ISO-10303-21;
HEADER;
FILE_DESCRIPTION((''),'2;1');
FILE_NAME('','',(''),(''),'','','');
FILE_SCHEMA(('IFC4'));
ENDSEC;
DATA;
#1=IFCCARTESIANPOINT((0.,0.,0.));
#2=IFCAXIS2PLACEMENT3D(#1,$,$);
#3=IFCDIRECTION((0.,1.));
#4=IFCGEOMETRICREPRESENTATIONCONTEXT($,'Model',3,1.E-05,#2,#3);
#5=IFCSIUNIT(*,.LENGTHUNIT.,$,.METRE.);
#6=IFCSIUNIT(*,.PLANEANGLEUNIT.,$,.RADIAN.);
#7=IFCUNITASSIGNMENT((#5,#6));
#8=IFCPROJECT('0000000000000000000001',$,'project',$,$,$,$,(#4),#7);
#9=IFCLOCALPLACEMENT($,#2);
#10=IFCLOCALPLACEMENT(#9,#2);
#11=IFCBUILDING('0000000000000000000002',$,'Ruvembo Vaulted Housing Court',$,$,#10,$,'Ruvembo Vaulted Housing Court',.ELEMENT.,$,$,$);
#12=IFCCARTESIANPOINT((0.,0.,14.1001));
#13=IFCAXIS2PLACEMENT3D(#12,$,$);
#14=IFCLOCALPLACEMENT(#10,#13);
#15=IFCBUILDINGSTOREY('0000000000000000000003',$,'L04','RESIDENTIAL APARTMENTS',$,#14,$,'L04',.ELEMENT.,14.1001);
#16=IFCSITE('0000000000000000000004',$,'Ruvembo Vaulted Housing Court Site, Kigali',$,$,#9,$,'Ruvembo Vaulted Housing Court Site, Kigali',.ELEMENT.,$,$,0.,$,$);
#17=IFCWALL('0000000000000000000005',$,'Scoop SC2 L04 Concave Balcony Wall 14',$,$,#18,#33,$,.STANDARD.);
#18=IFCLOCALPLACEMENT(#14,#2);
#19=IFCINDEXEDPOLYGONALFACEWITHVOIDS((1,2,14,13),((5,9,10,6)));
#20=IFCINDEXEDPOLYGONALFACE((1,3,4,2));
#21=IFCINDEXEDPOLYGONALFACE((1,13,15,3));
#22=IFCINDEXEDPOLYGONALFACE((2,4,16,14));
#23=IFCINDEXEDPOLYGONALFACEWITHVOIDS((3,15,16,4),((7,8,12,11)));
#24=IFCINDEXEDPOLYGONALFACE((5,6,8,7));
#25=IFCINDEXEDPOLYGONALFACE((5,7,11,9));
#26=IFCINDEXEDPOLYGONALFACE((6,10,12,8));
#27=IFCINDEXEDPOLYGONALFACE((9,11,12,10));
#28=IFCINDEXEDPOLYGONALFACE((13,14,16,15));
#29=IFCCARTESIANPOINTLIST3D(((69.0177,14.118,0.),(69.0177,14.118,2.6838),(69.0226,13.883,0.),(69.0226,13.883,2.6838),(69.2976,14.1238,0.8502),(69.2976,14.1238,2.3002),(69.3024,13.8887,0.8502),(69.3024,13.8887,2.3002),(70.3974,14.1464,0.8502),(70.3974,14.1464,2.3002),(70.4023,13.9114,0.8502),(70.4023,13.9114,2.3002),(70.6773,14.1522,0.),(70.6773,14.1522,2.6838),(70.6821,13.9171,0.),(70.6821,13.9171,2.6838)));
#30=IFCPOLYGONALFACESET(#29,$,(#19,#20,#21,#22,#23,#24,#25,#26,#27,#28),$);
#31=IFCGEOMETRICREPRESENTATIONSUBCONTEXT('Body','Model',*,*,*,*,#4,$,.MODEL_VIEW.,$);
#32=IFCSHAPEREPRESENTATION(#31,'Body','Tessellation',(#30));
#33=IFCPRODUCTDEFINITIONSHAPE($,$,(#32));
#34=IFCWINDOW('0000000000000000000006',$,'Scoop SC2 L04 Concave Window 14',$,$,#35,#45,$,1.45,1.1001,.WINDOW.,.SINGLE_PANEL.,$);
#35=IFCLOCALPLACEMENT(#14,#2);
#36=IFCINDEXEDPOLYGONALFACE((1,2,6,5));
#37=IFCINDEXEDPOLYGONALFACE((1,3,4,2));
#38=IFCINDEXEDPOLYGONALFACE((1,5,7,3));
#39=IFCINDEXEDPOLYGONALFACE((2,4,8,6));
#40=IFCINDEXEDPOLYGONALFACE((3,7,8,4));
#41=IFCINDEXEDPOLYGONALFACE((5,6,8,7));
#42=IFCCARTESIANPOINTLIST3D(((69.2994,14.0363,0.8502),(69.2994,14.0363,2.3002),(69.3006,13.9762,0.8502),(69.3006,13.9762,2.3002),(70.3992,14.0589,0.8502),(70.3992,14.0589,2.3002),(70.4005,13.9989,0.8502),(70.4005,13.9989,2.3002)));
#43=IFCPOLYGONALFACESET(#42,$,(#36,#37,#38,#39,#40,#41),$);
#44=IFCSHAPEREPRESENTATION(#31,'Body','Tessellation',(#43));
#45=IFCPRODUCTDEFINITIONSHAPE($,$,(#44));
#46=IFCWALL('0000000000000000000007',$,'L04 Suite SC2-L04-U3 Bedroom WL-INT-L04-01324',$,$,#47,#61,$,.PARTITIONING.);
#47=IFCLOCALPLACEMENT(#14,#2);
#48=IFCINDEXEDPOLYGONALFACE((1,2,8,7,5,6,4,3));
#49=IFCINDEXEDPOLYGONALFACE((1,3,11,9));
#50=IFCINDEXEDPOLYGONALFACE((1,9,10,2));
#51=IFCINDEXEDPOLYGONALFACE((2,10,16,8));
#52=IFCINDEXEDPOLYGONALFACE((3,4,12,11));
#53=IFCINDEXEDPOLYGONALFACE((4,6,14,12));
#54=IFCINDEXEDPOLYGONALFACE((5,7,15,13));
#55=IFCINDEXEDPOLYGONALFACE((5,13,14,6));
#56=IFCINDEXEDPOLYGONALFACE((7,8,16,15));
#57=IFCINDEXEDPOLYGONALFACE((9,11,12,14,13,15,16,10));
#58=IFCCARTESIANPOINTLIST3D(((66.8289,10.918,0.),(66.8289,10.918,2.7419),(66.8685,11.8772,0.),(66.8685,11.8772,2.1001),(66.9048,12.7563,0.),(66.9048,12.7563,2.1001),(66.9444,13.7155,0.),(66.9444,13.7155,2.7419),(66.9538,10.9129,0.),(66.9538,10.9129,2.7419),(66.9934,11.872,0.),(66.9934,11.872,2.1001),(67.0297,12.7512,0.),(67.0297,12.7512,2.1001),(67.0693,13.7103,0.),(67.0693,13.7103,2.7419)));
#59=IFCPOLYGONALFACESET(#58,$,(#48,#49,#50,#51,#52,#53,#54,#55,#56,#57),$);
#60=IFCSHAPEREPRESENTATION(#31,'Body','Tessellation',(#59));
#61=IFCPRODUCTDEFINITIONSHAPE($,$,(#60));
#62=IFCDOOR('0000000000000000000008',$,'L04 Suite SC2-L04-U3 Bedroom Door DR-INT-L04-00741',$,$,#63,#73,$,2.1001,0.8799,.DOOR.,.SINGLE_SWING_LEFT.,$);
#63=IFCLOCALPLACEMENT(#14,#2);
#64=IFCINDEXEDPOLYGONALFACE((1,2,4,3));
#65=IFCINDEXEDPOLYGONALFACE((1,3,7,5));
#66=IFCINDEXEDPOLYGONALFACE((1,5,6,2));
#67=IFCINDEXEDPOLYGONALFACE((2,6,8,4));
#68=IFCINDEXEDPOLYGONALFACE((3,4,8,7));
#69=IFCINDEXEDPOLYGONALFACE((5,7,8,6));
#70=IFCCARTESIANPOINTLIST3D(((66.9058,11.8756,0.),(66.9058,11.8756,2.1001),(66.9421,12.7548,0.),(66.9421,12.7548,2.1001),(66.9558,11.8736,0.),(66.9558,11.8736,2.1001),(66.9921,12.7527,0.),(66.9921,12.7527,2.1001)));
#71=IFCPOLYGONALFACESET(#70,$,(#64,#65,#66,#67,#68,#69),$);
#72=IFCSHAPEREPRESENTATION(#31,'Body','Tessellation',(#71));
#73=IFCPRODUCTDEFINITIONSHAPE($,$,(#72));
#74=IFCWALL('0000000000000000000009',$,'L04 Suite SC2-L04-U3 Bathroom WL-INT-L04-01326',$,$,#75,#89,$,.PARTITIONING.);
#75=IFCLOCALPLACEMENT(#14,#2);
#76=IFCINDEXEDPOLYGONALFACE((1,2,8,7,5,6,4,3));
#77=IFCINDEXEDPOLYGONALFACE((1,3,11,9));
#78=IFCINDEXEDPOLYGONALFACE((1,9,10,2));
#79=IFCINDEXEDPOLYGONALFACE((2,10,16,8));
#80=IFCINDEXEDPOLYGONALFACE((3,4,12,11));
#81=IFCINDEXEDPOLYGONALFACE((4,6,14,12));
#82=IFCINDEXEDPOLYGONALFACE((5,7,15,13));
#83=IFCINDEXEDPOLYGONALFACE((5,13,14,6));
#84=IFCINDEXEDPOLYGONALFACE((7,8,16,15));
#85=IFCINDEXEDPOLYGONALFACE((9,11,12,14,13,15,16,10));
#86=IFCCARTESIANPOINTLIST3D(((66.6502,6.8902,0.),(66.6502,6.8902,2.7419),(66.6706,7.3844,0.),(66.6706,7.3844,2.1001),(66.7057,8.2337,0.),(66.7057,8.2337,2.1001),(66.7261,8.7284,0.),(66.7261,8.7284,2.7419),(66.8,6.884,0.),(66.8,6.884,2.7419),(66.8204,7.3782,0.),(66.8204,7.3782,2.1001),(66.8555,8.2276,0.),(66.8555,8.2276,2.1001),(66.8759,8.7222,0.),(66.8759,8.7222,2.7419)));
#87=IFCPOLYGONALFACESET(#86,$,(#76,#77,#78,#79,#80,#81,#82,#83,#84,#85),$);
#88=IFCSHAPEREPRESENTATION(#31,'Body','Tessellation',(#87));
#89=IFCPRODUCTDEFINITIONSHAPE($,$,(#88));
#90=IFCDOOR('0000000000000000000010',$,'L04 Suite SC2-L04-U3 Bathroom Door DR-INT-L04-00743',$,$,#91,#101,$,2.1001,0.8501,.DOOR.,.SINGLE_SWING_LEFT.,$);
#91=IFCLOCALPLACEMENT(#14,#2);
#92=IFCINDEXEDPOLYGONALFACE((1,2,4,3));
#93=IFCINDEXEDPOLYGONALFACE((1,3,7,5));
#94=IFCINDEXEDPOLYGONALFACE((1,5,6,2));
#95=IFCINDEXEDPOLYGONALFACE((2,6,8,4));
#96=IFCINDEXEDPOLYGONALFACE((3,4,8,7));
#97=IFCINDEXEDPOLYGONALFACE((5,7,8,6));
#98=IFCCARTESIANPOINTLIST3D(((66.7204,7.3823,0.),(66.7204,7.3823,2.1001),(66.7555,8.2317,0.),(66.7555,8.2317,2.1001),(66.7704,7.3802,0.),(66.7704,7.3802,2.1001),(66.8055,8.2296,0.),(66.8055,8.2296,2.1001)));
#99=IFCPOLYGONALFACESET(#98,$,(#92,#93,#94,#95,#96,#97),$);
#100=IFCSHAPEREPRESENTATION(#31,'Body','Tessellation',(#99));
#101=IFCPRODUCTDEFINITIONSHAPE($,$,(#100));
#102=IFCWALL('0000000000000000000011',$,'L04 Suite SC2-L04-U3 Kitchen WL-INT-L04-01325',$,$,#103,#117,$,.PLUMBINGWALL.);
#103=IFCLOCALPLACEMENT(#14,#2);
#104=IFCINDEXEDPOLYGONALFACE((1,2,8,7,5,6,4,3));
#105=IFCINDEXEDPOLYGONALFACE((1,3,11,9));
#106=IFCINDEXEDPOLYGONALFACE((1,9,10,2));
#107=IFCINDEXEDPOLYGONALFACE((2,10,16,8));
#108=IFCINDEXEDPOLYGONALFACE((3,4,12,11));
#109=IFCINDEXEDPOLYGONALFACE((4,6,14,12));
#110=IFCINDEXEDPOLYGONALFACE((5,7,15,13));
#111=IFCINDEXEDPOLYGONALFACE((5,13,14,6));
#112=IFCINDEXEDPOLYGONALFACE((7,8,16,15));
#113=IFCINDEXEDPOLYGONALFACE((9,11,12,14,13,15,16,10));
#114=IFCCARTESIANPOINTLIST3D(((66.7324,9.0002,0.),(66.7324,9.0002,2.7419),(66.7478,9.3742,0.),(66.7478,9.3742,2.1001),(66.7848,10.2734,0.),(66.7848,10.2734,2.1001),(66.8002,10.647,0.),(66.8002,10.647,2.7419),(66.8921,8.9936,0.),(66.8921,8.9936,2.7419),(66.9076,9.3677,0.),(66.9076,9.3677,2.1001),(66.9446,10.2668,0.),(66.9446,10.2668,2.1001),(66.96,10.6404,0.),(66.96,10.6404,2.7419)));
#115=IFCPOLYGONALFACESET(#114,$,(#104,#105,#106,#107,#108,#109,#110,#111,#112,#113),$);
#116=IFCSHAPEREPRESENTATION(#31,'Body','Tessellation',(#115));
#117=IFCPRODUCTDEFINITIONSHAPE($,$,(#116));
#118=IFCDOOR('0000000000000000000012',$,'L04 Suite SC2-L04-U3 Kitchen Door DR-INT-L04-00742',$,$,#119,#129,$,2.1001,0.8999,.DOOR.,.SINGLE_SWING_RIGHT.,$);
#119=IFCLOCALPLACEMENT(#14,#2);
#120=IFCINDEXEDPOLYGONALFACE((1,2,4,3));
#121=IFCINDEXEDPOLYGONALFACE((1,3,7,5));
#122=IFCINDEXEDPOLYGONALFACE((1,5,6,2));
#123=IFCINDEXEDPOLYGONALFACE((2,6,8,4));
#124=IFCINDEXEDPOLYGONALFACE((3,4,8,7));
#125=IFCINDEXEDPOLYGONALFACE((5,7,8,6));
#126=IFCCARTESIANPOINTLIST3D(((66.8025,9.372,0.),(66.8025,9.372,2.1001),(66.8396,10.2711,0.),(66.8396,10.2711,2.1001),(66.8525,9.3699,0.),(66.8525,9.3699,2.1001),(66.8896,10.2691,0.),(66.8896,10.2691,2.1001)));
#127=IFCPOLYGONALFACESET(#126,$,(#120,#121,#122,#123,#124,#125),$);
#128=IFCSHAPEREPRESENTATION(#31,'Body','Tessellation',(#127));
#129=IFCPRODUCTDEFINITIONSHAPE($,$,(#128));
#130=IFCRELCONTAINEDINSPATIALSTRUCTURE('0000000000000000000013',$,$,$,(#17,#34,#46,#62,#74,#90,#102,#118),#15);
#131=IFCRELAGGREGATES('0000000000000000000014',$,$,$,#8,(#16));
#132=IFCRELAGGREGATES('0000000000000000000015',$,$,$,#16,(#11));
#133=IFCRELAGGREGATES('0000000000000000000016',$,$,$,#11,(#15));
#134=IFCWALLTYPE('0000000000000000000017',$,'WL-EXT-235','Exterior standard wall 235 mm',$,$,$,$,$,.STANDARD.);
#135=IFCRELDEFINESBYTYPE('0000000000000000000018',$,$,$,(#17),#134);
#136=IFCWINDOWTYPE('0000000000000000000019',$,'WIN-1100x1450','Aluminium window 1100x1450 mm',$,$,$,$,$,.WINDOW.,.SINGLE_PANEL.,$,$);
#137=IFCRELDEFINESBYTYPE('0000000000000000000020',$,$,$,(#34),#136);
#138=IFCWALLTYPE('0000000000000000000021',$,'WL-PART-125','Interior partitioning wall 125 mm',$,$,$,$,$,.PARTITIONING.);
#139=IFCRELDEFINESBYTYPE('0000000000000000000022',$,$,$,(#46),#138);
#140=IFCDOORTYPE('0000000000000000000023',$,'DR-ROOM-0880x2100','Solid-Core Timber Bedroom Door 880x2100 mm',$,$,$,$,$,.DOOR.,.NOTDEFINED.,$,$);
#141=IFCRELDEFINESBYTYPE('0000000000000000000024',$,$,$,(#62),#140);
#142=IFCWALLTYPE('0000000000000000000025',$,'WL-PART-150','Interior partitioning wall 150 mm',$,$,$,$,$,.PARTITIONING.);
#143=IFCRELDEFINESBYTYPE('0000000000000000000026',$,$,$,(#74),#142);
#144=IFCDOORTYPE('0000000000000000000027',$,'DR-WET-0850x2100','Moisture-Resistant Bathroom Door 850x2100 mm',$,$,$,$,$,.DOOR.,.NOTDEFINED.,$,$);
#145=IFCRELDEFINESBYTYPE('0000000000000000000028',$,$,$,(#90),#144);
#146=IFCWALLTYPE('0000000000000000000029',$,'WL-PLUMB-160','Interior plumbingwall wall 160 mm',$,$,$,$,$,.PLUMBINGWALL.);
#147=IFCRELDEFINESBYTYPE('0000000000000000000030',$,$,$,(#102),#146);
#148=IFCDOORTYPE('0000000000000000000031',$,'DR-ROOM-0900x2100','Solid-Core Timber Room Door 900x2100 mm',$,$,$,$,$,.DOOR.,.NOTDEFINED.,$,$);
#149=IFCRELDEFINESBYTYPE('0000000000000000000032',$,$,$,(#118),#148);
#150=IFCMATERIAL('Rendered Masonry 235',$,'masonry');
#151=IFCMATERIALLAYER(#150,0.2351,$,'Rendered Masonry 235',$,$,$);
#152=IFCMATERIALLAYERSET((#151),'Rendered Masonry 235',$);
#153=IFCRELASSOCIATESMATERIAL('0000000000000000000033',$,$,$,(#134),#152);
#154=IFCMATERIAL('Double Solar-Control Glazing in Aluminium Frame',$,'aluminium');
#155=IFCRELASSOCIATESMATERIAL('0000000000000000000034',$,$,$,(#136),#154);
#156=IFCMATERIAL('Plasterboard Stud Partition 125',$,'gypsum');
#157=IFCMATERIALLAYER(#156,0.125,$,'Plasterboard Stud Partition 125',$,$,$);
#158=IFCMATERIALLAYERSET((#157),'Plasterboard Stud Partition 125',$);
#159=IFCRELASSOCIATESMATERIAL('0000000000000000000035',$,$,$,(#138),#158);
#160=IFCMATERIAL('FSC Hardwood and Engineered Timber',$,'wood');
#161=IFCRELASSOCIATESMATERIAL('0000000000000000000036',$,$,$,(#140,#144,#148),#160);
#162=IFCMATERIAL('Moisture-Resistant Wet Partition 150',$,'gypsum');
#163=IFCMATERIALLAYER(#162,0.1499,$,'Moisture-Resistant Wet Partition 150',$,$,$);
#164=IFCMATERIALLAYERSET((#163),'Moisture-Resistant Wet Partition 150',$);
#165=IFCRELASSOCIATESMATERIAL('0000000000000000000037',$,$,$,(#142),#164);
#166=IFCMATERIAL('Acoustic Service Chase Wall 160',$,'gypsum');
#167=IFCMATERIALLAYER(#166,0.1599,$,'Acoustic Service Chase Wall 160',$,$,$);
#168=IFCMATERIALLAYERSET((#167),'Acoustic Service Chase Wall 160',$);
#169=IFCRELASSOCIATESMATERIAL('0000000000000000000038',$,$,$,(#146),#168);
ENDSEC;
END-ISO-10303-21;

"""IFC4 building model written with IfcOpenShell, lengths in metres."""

from ifc_helpers import new_model, si_unit, direction, frame, frame_2d, origin, place, context, subcontext, project, spatial, rectangle, extrude, material, layer, layer_set, type_object, element, fill, save


model = new_model("IFC4")

# Units and contexts
model_context = context("Model", 3, precision=1e-05, world=origin(), true_north=direction((0.0, 1.0)))
body_context = subcontext(model_context, "Body", "Model", "MODEL_VIEW")
ifc_project = project(units=[si_unit("LENGTHUNIT", "METRE"), si_unit("PLANEANGLEUNIT", "RADIAN")], contexts=[model_context])

# Site, building, storey
site_placement = place(None, origin())
site = spatial("IfcSite", under=ifc_project, at=site_placement, Name="Ruvembo Vaulted Housing Court Site, Kigali", LongName="Ruvembo Vaulted Housing Court Site, Kigali", CompositionType="ELEMENT", RefElevation=0.0)
building_placement = place(site_placement, origin())
building = spatial("IfcBuilding", under=site, at=building_placement, Name="Ruvembo Vaulted Housing Court", LongName="Ruvembo Vaulted Housing Court", CompositionType="ELEMENT")
storey_placement = place(building_placement, frame((0.0, 0.0, 14.1001)))
storey = spatial("IfcBuildingStorey", under=building, at=storey_placement, Name="L04", Description="RESIDENTIAL APARTMENTS", LongName="L04", CompositionType="ELEMENT", Elevation=14.1001)

# Shared definitions
ifc_material_1 = material(Name="FSC Hardwood and Engineered Timber", Category="wood")

# Shared definitions
ifc_material_2 = material(Name="Rendered Masonry 235", Category="masonry")
ifc_layer_1 = layer(ifc_material_2, 0.2351, Name="Rendered Masonry 235")
ifc_layer_set_1 = layer_set([ifc_layer_1], Name="Rendered Masonry 235")
wall_type_1 = type_object("IfcWallType", Name="WL-EXT-235", Description="Exterior standard wall 235 mm", PredefinedType="STANDARD", material=ifc_layer_set_1)
ifc_material_3 = material(Name="Double Solar-Control Glazing in Aluminium Frame", Category="aluminium")

# Wall, opening, window
wall_1_placement = place(storey_placement, frame((69.02, 14.0005, 0.0), z_axis=(0.0, 0.0, 1.0), x_axis=(0.999788, 0.02059, 0.0)))
wall_1 = element("IfcWall", 1, at=wall_1_placement, inside=storey, type_object=wall_type_1, Name="Scoop SC2 L04 Concave Balcony Wall 14", PredefinedType="STANDARD", context=body_context, shape_type="SweptSolid", body=[
    extrude(rectangle(XDim=1.6599, YDim=0.2351, at=frame_2d((0.8301, 0.0))), origin(), (0.0, 0.0, 1.0), 2.6838),
])
opening_1_placement = place(wall_1_placement, frame((0.28, 0.0, 0.8501)))
opening_1 = element("IfcOpeningElement", 2, at=opening_1_placement, cuts=wall_1, PredefinedType="OPENING", context=body_context, shape_type="SweptSolid", body=[
    extrude(rectangle(XDim=1.1001, YDim=1.45, at=frame_2d((0.55, 0.7251))), frame((0.0, 0.1274, 0.0), z_axis=(0.0, -1.0, 0.0), x_axis=(1.0, 0.0, 0.0)), (0.0, 0.0, 1.0), 0.2551),
])
window_type_1 = type_object("IfcWindowType", Name="WIN-1100x1450", Description="Aluminium window 1100x1450 mm", PartitioningType="SINGLE_PANEL", PredefinedType="WINDOW", material=ifc_material_3)
window_1_placement = place(opening_1_placement, origin())
window_1 = element("IfcWindow", 3, at=window_1_placement, inside=storey, type_object=window_type_1, Name="Scoop SC2 L04 Concave Window 14", OverallHeight=1.45, OverallWidth=1.1001, PartitioningType="SINGLE_PANEL", PredefinedType="WINDOW", context=body_context, shape_type="SweptSolid", body=[
    extrude(rectangle(XDim=1.1001, YDim=1.45, at=frame_2d((0.55, 0.7251))), frame((0.0, 0.03, 0.0), z_axis=(0.0, -1.0, 0.0), x_axis=(1.0, 0.0, 0.0)), (0.0, 0.0, 1.0), 0.0601),
])
fill(opening_1, window_1)

# Walls, openings, doors
ifc_material_4 = material(Name="Plasterboard Stud Partition 125", Category="gypsum")
ifc_layer_2 = layer(ifc_material_4, 0.125, Name="Plasterboard Stud Partition 125")
ifc_layer_set_2 = layer_set([ifc_layer_2], Name="Plasterboard Stud Partition 125")
wall_type_2 = type_object("IfcWallType", Name="WL-PART-125", Description="Interior partitioning wall 125 mm", PredefinedType="PARTITIONING", material=ifc_layer_set_2)
wall_2_placement = place(storey_placement, frame((67.0068, 13.7129, 0.0), z_axis=(0.0, 0.0, 1.0), x_axis=(-0.041246, -0.999149, 0.0)))
wall_2 = element("IfcWall", 4, at=wall_2_placement, inside=storey, type_object=wall_type_2, Name="L04 Suite SC2-L04-U3 Bedroom WL-INT-L04-01324", PredefinedType="PARTITIONING", context=body_context, shape_type="SweptSolid", body=[
    extrude(rectangle(XDim=2.7998, YDim=0.125, at=frame_2d((1.3999, 0.0))), origin(), (0.0, 0.0, 1.0), 2.7419),
])
opening_2_placement = place(wall_2_placement, frame((0.96, 0.0, 0.0)))
opening_2 = element("IfcOpeningElement", 5, at=opening_2_placement, cuts=wall_2, PredefinedType="OPENING", context=body_context, shape_type="SweptSolid", body=[
    extrude(rectangle(XDim=0.8799, YDim=2.1001, at=frame_2d((0.4399, 1.05))), frame((0.0, 0.0725, 0.0), z_axis=(0.0, -1.0, 0.0), x_axis=(1.0, 0.0, 0.0)), (0.0, 0.0, 1.0), 0.145),
])
door_type_1 = type_object("IfcDoorType", Name="DR-ROOM-0880x2100", Description="Solid-Core Timber Bedroom Door 880x2100 mm", OperationType="NOTDEFINED", PredefinedType="DOOR", material=ifc_material_1)
door_1_placement = place(opening_2_placement, origin())
door_1 = element("IfcDoor", 6, at=door_1_placement, inside=storey, type_object=door_type_1, Name="L04 Suite SC2-L04-U3 Bedroom Door DR-INT-L04-00741", OperationType="SINGLE_SWING_LEFT", OverallHeight=2.1001, OverallWidth=0.8799, PredefinedType="DOOR", context=body_context, shape_type="SweptSolid", body=[
    extrude(rectangle(XDim=0.8799, YDim=2.1001, at=frame_2d((0.4399, 1.05))), frame((0.0, 0.0249, 0.0), z_axis=(0.0, -1.0, 0.0), x_axis=(1.0, 0.0, 0.0)), (0.0, 0.0, 1.0), 0.05),
])
fill(opening_2, door_1)
ifc_material_5 = material(Name="Moisture-Resistant Wet Partition 150", Category="gypsum")
ifc_layer_3 = layer(ifc_material_5, 0.1499, Name="Moisture-Resistant Wet Partition 150")
ifc_layer_set_3 = layer_set([ifc_layer_3], Name="Moisture-Resistant Wet Partition 150")
wall_type_3 = type_object("IfcWallType", Name="WL-PART-150", Description="Interior partitioning wall 150 mm", PredefinedType="PARTITIONING", material=ifc_layer_set_3)
wall_3_placement = place(storey_placement, frame((66.801, 8.7253, 0.0), z_axis=(0.0, 0.0, 1.0), x_axis=(-0.041266, -0.999148, 0.0)))
wall_3 = element("IfcWall", 7, at=wall_3_placement, inside=storey, type_object=wall_type_3, Name="L04 Suite SC2-L04-U3 Bathroom WL-INT-L04-01326", PredefinedType="PARTITIONING", context=body_context, shape_type="SweptSolid", body=[
    extrude(rectangle(XDim=1.8398, YDim=0.1499, at=frame_2d((0.9199, 0.0))), origin(), (0.0, 0.0, 1.0), 2.7419),
])
opening_3_placement = place(wall_3_placement, frame((0.4951, 0.0, 0.0)))
opening_3 = element("IfcOpeningElement", 8, at=opening_3_placement, cuts=wall_3, PredefinedType="OPENING", context=body_context, shape_type="SweptSolid", body=[
    extrude(rectangle(XDim=0.8501, YDim=2.1001, at=frame_2d((0.425, 1.05))), frame((0.0, 0.085, 0.0), z_axis=(0.0, -1.0, 0.0), x_axis=(1.0, 0.0, 0.0)), (0.0, 0.0, 1.0), 0.1699),
])
door_type_2 = type_object("IfcDoorType", Name="DR-WET-0850x2100", Description="Moisture-Resistant Bathroom Door 850x2100 mm", OperationType="NOTDEFINED", PredefinedType="DOOR", material=ifc_material_1)
door_2_placement = place(opening_3_placement, origin())
door_2 = element("IfcDoor", 9, at=door_2_placement, inside=storey, type_object=door_type_2, Name="L04 Suite SC2-L04-U3 Bathroom Door DR-INT-L04-00743", OperationType="SINGLE_SWING_LEFT", OverallHeight=2.1001, OverallWidth=0.8501, PredefinedType="DOOR", context=body_context, shape_type="SweptSolid", body=[
    extrude(rectangle(XDim=0.8501, YDim=2.1001, at=frame_2d((0.425, 1.05))), frame((0.0, 0.0249, 0.0), z_axis=(0.0, -1.0, 0.0), x_axis=(1.0, 0.0, 0.0)), (0.0, 0.0, 1.0), 0.05),
])
fill(opening_3, door_2)
ifc_material_6 = material(Name="Acoustic Service Chase Wall 160", Category="gypsum")
ifc_layer_4 = layer(ifc_material_6, 0.1599, Name="Acoustic Service Chase Wall 160")
ifc_layer_set_4 = layer_set([ifc_layer_4], Name="Acoustic Service Chase Wall 160")
wall_type_4 = type_object("IfcWallType", Name="WL-PLUMB-160", Description="Interior plumbingwall wall 160 mm", PredefinedType="PLUMBINGWALL", material=ifc_layer_set_4)
wall_4_placement = place(storey_placement, frame((66.8801, 10.6438, 0.0), z_axis=(0.0, 0.0, 1.0), x_axis=(-0.041181, -0.999152, 0.0)))
wall_4 = element("IfcWall", 10, at=wall_4_placement, inside=storey, type_object=wall_type_4, Name="L04 Suite SC2-L04-U3 Kitchen WL-INT-L04-01325", PredefinedType="PLUMBINGWALL", context=body_context, shape_type="SweptSolid", body=[
    extrude(rectangle(XDim=1.6482, YDim=0.1599, at=frame_2d((0.8242, 0.0))), origin(), (0.0, 0.0, 1.0), 2.7419),
])
opening_4_placement = place(wall_4_placement, frame((0.374, 0.0, 0.0)))
opening_4 = element("IfcOpeningElement", 11, at=opening_4_placement, cuts=wall_4, PredefinedType="OPENING", context=body_context, shape_type="SweptSolid", body=[
    extrude(rectangle(XDim=0.8999, YDim=2.1001, at=frame_2d((0.45, 1.05))), frame((0.0, 0.0898, 0.0), z_axis=(0.0, -1.0, 0.0), x_axis=(1.0, 0.0, 0.0)), (0.0, 0.0, 1.0), 0.1799),
])
door_type_3 = type_object("IfcDoorType", Name="DR-ROOM-0900x2100", Description="Solid-Core Timber Room Door 900x2100 mm", OperationType="NOTDEFINED", PredefinedType="DOOR", material=ifc_material_1)
door_3_placement = place(opening_4_placement, origin())
door_3 = element("IfcDoor", 12, at=door_3_placement, inside=storey, type_object=door_type_3, Name="L04 Suite SC2-L04-U3 Kitchen Door DR-INT-L04-00742", OperationType="SINGLE_SWING_RIGHT", OverallHeight=2.1001, OverallWidth=0.8999, PredefinedType="DOOR", context=body_context, shape_type="SweptSolid", body=[
    extrude(rectangle(XDim=0.8999, YDim=2.1001, at=frame_2d((0.45, 1.05))), frame((0.0, 0.0249, 0.0), z_axis=(0.0, -1.0, 0.0), x_axis=(1.0, 0.0, 0.0)), (0.0, 0.0, 1.0), 0.05),
])
fill(opening_4, door_3)

save(model, "model.ifc")
